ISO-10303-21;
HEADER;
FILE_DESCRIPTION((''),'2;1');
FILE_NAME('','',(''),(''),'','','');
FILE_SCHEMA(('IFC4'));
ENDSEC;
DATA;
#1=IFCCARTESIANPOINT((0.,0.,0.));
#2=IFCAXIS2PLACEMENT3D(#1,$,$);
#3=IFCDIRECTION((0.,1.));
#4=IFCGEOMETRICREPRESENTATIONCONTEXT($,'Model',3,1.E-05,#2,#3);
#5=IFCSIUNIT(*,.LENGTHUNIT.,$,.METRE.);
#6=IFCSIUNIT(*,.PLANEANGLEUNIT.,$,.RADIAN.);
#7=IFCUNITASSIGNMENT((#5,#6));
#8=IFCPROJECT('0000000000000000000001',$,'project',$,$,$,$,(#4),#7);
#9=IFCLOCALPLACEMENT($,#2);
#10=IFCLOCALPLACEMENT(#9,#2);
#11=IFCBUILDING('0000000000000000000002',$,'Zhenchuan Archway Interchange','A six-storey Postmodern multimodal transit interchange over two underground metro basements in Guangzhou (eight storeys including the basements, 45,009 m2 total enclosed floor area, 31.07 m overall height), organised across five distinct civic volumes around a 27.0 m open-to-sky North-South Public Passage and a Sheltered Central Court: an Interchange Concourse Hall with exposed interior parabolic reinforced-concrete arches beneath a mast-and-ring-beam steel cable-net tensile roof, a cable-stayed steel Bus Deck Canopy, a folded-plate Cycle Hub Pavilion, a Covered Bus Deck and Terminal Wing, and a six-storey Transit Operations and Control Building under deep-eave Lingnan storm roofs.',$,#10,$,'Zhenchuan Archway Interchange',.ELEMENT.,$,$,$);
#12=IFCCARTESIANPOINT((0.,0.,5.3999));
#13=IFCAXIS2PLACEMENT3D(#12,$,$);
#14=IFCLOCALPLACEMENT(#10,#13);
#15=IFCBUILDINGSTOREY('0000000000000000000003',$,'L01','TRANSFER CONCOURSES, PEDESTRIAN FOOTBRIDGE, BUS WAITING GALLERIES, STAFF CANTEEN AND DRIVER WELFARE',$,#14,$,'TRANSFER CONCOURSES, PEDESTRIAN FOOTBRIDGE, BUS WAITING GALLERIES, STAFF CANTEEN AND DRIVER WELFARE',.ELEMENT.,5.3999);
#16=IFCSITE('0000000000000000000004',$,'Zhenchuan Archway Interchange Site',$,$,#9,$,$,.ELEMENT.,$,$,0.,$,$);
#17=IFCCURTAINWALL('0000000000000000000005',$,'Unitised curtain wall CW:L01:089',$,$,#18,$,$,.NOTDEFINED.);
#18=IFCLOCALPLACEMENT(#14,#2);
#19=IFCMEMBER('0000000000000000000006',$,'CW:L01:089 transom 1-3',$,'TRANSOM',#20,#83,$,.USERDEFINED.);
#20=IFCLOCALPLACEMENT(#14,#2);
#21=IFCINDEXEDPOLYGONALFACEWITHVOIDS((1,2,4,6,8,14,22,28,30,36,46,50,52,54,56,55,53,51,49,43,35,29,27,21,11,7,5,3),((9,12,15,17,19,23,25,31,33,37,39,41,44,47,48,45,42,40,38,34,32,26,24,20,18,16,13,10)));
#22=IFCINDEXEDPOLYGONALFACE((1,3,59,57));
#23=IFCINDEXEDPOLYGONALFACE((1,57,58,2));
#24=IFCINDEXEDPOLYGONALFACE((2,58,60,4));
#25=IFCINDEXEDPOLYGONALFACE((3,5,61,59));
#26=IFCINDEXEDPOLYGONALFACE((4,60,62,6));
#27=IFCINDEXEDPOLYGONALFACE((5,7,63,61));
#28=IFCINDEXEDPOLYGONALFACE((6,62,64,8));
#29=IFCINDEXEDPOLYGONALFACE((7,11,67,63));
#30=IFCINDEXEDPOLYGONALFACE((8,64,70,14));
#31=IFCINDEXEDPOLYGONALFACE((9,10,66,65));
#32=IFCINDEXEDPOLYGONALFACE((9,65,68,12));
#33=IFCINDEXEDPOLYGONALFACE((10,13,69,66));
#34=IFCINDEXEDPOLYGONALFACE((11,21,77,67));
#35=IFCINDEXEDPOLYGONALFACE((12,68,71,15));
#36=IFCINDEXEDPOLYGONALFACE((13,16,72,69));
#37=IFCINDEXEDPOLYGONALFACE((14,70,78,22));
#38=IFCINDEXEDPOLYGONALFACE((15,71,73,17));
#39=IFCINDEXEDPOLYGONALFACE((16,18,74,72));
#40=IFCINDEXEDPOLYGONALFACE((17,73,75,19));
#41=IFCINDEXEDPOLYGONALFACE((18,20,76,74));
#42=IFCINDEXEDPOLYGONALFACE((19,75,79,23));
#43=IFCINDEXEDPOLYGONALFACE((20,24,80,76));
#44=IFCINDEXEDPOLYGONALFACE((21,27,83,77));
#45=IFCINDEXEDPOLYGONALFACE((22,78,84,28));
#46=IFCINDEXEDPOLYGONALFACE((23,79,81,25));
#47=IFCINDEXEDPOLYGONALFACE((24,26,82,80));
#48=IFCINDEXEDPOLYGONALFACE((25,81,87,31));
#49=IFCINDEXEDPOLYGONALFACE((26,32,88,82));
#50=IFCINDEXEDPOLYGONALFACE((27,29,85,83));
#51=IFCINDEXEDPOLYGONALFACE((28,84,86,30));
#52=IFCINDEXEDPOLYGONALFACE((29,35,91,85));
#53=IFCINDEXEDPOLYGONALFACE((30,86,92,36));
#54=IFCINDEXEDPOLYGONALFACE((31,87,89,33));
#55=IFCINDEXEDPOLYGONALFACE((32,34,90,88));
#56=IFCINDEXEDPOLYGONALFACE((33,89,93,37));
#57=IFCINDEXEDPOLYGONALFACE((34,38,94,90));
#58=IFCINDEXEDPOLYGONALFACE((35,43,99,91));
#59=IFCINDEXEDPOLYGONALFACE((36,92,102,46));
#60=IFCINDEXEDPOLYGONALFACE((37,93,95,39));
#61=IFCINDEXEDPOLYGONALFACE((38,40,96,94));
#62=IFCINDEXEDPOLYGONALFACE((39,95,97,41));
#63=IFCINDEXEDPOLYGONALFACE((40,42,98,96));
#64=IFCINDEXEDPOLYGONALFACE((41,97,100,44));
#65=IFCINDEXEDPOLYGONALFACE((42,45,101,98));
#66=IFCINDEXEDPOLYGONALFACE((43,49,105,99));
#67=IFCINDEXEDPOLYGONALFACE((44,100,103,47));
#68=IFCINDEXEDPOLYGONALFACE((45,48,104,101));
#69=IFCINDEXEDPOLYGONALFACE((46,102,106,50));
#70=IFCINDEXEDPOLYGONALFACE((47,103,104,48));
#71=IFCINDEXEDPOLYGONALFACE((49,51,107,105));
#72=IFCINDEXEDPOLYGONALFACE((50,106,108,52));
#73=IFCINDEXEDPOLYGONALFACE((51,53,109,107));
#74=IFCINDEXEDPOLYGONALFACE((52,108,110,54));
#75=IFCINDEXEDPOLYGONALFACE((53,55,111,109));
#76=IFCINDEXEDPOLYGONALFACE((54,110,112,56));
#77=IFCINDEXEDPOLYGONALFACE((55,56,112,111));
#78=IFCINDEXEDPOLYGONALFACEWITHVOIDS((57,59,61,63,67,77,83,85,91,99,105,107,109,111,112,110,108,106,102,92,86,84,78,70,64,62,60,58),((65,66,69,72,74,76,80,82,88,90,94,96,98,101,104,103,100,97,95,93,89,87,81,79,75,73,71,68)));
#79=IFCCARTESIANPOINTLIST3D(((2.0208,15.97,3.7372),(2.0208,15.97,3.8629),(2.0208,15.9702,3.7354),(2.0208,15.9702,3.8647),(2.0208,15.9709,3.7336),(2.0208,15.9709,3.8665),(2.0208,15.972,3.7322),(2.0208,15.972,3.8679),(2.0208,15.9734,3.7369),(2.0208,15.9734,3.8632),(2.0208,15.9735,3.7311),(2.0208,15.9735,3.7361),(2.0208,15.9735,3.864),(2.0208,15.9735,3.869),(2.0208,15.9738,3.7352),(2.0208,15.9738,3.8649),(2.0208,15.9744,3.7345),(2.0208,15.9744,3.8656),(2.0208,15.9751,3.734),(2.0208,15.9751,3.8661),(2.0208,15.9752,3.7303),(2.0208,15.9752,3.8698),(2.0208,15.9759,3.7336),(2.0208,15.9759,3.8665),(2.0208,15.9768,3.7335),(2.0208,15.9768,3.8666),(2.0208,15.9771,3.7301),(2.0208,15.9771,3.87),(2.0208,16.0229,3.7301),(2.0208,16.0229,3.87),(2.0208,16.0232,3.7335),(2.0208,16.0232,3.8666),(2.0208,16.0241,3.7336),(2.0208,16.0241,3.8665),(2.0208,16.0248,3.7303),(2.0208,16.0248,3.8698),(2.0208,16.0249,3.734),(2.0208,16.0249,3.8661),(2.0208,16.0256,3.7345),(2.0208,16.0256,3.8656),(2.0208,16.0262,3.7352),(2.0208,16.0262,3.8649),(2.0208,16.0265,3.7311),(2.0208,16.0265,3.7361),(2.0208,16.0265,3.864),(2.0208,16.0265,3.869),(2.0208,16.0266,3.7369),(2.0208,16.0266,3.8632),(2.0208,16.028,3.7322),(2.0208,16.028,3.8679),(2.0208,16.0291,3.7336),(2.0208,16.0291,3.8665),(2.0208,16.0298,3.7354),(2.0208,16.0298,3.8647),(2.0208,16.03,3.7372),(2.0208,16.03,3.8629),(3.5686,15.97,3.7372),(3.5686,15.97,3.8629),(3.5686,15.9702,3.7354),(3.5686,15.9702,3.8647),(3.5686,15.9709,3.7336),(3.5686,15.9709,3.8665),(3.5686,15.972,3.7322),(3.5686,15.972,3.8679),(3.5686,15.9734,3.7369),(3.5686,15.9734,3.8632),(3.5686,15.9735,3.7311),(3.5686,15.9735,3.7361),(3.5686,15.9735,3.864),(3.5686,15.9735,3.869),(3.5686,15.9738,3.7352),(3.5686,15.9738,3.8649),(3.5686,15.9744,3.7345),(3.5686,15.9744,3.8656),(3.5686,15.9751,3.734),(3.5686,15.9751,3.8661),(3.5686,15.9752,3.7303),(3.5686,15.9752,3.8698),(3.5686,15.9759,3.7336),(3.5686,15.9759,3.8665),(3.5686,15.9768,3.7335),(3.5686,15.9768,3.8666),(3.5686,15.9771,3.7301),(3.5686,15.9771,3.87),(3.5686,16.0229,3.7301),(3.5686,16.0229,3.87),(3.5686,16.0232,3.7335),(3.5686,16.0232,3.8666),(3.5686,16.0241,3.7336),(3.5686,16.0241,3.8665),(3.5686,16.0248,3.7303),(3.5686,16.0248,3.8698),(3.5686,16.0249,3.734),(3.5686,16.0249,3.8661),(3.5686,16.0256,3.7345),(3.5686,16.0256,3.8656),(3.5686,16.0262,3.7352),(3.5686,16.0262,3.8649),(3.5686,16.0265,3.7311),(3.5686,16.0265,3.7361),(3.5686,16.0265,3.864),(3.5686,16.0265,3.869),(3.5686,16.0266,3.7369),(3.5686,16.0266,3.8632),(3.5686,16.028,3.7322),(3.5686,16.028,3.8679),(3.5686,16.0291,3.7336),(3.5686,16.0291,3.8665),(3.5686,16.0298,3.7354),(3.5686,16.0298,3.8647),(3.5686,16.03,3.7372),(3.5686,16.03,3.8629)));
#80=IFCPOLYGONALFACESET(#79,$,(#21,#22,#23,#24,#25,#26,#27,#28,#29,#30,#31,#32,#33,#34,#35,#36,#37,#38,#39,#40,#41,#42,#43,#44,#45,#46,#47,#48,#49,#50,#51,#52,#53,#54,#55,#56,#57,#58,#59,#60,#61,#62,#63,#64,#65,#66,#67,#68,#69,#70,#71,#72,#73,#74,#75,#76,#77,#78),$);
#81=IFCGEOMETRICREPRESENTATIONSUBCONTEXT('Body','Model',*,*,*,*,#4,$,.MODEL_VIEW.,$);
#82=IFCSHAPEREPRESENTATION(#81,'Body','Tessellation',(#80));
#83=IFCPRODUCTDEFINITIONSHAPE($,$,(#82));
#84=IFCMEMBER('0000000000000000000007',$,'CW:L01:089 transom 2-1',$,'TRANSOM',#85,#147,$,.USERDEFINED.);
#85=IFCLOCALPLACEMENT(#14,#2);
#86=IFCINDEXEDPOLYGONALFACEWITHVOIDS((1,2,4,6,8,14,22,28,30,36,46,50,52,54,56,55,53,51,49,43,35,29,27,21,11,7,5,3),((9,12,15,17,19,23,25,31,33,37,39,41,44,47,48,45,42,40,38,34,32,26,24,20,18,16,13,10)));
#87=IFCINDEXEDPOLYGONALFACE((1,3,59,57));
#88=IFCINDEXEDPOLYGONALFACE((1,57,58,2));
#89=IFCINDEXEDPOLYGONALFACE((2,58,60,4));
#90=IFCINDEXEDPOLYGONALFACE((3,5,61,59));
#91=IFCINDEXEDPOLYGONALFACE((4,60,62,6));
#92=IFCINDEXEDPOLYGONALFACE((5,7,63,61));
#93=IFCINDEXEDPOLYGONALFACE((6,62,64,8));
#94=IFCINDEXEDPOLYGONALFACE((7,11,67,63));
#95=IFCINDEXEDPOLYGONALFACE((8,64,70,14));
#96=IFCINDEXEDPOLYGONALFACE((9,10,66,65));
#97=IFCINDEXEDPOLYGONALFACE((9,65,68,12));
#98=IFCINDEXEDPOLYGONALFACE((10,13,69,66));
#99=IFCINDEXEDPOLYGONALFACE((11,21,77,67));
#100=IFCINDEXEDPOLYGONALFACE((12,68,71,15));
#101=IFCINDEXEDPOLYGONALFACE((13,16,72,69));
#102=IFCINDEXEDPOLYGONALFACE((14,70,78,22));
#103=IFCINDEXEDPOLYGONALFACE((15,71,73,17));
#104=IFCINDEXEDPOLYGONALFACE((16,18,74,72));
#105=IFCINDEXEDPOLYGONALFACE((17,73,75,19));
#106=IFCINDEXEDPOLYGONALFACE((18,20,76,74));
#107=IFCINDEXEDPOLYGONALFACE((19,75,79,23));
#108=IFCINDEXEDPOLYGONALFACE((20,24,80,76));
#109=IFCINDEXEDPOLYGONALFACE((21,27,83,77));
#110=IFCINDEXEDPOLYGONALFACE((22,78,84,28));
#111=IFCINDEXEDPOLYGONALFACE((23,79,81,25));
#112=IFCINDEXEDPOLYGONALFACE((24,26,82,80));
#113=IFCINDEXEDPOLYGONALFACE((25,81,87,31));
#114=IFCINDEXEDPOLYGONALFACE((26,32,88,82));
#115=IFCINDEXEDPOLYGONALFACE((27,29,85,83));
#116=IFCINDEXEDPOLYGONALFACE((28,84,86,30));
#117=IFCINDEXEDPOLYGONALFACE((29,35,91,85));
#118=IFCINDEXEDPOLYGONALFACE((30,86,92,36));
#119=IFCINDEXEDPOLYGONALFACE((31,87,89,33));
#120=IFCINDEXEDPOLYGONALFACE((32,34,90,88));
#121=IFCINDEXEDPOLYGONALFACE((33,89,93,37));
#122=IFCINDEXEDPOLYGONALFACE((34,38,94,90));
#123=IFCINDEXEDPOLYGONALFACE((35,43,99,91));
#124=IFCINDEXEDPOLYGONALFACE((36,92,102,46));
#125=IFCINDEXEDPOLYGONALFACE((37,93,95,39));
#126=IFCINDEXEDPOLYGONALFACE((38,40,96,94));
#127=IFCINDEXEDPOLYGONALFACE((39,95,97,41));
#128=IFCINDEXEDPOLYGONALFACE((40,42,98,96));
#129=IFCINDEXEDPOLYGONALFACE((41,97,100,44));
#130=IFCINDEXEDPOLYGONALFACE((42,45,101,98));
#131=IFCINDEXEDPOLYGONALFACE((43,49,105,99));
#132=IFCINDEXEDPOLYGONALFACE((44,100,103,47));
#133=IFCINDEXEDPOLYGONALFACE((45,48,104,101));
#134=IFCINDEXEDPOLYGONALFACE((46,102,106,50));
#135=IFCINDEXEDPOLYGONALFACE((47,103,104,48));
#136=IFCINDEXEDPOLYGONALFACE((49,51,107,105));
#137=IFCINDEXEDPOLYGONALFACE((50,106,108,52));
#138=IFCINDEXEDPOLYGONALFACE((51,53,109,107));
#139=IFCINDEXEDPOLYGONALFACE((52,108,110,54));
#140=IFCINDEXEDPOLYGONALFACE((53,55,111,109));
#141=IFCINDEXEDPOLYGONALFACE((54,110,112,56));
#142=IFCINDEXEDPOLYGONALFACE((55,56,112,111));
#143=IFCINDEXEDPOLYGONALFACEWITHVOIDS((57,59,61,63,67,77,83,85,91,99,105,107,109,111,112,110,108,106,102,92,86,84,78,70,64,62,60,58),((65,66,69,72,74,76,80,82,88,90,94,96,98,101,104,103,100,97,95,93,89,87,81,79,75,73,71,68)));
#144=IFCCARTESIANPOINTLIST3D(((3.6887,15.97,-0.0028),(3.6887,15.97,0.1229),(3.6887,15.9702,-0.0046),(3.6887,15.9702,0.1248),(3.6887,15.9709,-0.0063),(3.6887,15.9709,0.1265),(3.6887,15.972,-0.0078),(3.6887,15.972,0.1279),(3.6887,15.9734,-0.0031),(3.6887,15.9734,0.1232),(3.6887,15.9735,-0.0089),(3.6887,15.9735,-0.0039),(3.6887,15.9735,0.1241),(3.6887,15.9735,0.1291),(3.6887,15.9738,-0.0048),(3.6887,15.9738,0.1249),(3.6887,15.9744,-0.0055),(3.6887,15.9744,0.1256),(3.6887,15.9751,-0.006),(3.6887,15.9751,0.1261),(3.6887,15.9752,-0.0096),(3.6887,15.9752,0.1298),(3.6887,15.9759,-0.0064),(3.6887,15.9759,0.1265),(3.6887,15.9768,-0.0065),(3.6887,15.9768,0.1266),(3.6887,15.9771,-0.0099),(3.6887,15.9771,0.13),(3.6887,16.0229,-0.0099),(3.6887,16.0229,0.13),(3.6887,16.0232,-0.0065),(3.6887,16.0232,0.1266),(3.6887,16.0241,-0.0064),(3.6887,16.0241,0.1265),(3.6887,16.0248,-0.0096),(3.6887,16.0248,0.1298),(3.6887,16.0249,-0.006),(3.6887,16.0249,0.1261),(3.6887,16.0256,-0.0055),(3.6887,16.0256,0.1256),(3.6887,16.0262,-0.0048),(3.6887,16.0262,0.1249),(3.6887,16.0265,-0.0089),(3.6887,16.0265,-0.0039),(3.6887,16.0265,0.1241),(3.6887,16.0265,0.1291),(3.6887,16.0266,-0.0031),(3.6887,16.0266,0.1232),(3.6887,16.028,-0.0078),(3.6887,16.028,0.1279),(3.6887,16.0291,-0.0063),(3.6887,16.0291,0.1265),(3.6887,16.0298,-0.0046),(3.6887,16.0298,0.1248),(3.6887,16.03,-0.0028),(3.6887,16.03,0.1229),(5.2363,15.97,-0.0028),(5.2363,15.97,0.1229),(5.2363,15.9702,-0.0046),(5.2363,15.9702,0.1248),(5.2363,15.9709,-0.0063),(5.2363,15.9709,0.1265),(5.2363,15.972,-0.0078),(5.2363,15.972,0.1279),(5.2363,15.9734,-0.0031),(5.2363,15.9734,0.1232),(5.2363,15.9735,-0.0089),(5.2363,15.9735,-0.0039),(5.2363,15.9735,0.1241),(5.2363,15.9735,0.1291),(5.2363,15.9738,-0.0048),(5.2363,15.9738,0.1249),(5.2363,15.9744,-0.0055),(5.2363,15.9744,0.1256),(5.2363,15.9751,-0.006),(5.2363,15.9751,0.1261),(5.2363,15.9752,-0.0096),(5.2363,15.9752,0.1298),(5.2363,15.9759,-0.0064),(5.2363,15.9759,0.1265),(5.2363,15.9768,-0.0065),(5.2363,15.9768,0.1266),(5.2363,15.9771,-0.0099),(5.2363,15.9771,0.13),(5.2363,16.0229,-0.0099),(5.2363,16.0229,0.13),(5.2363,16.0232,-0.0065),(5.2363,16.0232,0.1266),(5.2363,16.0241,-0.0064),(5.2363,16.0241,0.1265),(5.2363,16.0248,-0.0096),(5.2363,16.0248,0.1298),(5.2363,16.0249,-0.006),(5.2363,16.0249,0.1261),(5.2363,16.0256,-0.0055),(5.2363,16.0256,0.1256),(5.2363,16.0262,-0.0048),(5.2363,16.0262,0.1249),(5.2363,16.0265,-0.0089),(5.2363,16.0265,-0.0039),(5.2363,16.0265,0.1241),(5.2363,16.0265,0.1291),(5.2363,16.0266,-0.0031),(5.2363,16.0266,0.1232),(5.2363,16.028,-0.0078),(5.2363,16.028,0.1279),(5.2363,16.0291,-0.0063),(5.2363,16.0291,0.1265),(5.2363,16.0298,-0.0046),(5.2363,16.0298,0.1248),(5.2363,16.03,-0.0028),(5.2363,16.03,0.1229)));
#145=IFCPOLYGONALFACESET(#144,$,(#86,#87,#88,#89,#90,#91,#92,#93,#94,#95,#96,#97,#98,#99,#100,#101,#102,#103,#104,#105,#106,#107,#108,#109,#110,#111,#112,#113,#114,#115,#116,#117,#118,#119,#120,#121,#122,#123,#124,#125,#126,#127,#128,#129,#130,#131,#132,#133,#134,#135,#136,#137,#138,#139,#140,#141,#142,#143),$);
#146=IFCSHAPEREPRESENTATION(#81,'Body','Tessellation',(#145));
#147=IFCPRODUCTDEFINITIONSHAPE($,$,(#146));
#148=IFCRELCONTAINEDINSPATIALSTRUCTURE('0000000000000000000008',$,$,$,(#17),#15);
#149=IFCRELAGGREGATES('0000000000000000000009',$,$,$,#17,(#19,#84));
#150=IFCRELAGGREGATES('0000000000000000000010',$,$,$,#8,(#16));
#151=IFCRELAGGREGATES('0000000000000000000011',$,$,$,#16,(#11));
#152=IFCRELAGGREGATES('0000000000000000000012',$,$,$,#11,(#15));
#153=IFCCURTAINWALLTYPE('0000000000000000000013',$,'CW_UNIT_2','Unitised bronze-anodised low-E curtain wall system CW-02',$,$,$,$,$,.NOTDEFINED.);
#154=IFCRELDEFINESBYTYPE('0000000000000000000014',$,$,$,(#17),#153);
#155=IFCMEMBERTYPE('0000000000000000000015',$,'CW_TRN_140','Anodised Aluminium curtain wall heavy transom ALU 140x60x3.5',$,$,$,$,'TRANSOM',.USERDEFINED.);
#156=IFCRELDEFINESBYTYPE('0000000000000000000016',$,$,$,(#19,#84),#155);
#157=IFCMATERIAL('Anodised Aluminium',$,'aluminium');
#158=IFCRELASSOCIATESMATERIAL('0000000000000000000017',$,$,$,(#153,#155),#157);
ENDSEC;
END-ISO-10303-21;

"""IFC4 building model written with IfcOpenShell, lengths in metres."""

from ifc_helpers import new_model, si_unit, direction, frame, origin, origin_2d, place, context, subcontext, project, spatial, hollow_rectangle, extrude, material, material_profile, profile_set, type_object, element, aggregate, save


model = new_model("IFC4")

# Units and contexts
model_context = context("Model", 3, precision=1e-05, world=origin(), true_north=direction((0.0, 1.0)))
body_context = subcontext(model_context, "Body", "Model", "MODEL_VIEW")
ifc_project = project(units=[si_unit("LENGTHUNIT", "METRE"), si_unit("PLANEANGLEUNIT", "RADIAN")], contexts=[model_context])

# Site, building, storey
site_placement = place(None, origin())
site = spatial("IfcSite", under=ifc_project, at=site_placement, Name="Zhenchuan Archway Interchange Site", CompositionType="ELEMENT", RefElevation=0.0)
building_placement = place(site_placement, origin())
building = spatial("IfcBuilding", under=site, at=building_placement, Name="Zhenchuan Archway Interchange", Description="A six-storey Postmodern multimodal transit interchange over two underground metro basements in Guangzhou (eight storeys including the basements, 45,009 m2 total enclosed floor area, 31.07 m overall height), organised across five distinct civic volumes around a 27.0 m open-to-sky North-South Public Passage and a Sheltered Central Court: an Interchange Concourse Hall with exposed interior parabolic reinforced-concrete arches beneath a mast-and-ring-beam steel cable-net tensile roof, a cable-stayed steel Bus Deck Canopy, a folded-plate Cycle Hub Pavilion, a Covered Bus Deck and Terminal Wing, and a six-storey Transit Operations and Control Building under deep-eave Lingnan storm roofs.", LongName="Zhenchuan Archway Interchange", CompositionType="ELEMENT")
storey_placement = place(building_placement, frame((0.0, 0.0, 5.3999)))
storey = spatial("IfcBuildingStorey", under=building, at=storey_placement, Name="L01", Description="TRANSFER CONCOURSES, PEDESTRIAN FOOTBRIDGE, BUS WAITING GALLERIES, STAFF CANTEEN AND DRIVER WELFARE", LongName="TRANSFER CONCOURSES, PEDESTRIAN FOOTBRIDGE, BUS WAITING GALLERIES, STAFF CANTEEN AND DRIVER WELFARE", CompositionType="ELEMENT", Elevation=5.3999)

# Curtain wall, members
ifc_material_1 = material(Name="Anodised Aluminium", Category="aluminium")
curtain_wall_type = type_object("IfcCurtainWallType", Name="CW_UNIT_2", Description="Unitised bronze-anodised low-E curtain wall system CW-02", PredefinedType="NOTDEFINED", material=ifc_material_1)
curtain_wall_placement = place(storey_placement, origin())
curtain_wall = element("IfcCurtainWall", 1, at=curtain_wall_placement, inside=storey, type_object=curtain_wall_type, Name="Unitised curtain wall CW:L01:089", PredefinedType="NOTDEFINED")
ifc_material_profile_1 = material_profile(ifc_material_1, hollow_rectangle(XDim=0.0601, YDim=0.1399, WallThickness=0.0034, InnerFilletRadius=0.0034, OuterFilletRadius=0.0071, at=origin_2d()), Name="ALU 140x60x3.5")
ifc_profile_set_1 = profile_set([ifc_material_profile_1], Name="Anodised Aluminium")
member_type_1 = type_object("IfcMemberType", Name="CW_TRN_140", Description="Anodised Aluminium curtain wall heavy transom ALU 140x60x3.5", ElementType="TRANSOM", PredefinedType="USERDEFINED", material=ifc_profile_set_1)
member_1_placement = place(storey_placement, frame((2.0208, 16.0, 3.8), z_axis=(1.0, 0.0, 0.0), x_axis=(0.0, 1.0, 0.0)))
member_1 = element("IfcMember", 2, at=member_1_placement, type_object=member_type_1, Name="CW:L01:089 transom 1-3", ObjectType="TRANSOM", PredefinedType="USERDEFINED", context=body_context, shape_type="SweptSolid", body=[
    extrude(hollow_rectangle(XDim=0.0601, YDim=0.1399, WallThickness=0.0034, InnerFilletRadius=0.0034, OuterFilletRadius=0.0071, at=origin_2d()), origin(), (0.0, 0.0, 1.0), 1.5479),
])
member_2_placement = place(storey_placement, frame((3.6887, 16.0, 0.0601), z_axis=(1.0, 0.0, 0.0), x_axis=(0.0, 1.0, 0.0)))
member_2 = element("IfcMember", 3, at=member_2_placement, type_object=member_type_1, Name="CW:L01:089 transom 2-1", ObjectType="TRANSOM", PredefinedType="USERDEFINED", context=body_context, shape_type="SweptSolid", body=[
    extrude(hollow_rectangle(XDim=0.0601, YDim=0.1399, WallThickness=0.0034, InnerFilletRadius=0.0034, OuterFilletRadius=0.0071, at=origin_2d()), origin(), (0.0, 0.0, 1.0), 1.5476),
])

aggregate(curtain_wall, [member_1, member_2])

save(model, "model.ifc")
